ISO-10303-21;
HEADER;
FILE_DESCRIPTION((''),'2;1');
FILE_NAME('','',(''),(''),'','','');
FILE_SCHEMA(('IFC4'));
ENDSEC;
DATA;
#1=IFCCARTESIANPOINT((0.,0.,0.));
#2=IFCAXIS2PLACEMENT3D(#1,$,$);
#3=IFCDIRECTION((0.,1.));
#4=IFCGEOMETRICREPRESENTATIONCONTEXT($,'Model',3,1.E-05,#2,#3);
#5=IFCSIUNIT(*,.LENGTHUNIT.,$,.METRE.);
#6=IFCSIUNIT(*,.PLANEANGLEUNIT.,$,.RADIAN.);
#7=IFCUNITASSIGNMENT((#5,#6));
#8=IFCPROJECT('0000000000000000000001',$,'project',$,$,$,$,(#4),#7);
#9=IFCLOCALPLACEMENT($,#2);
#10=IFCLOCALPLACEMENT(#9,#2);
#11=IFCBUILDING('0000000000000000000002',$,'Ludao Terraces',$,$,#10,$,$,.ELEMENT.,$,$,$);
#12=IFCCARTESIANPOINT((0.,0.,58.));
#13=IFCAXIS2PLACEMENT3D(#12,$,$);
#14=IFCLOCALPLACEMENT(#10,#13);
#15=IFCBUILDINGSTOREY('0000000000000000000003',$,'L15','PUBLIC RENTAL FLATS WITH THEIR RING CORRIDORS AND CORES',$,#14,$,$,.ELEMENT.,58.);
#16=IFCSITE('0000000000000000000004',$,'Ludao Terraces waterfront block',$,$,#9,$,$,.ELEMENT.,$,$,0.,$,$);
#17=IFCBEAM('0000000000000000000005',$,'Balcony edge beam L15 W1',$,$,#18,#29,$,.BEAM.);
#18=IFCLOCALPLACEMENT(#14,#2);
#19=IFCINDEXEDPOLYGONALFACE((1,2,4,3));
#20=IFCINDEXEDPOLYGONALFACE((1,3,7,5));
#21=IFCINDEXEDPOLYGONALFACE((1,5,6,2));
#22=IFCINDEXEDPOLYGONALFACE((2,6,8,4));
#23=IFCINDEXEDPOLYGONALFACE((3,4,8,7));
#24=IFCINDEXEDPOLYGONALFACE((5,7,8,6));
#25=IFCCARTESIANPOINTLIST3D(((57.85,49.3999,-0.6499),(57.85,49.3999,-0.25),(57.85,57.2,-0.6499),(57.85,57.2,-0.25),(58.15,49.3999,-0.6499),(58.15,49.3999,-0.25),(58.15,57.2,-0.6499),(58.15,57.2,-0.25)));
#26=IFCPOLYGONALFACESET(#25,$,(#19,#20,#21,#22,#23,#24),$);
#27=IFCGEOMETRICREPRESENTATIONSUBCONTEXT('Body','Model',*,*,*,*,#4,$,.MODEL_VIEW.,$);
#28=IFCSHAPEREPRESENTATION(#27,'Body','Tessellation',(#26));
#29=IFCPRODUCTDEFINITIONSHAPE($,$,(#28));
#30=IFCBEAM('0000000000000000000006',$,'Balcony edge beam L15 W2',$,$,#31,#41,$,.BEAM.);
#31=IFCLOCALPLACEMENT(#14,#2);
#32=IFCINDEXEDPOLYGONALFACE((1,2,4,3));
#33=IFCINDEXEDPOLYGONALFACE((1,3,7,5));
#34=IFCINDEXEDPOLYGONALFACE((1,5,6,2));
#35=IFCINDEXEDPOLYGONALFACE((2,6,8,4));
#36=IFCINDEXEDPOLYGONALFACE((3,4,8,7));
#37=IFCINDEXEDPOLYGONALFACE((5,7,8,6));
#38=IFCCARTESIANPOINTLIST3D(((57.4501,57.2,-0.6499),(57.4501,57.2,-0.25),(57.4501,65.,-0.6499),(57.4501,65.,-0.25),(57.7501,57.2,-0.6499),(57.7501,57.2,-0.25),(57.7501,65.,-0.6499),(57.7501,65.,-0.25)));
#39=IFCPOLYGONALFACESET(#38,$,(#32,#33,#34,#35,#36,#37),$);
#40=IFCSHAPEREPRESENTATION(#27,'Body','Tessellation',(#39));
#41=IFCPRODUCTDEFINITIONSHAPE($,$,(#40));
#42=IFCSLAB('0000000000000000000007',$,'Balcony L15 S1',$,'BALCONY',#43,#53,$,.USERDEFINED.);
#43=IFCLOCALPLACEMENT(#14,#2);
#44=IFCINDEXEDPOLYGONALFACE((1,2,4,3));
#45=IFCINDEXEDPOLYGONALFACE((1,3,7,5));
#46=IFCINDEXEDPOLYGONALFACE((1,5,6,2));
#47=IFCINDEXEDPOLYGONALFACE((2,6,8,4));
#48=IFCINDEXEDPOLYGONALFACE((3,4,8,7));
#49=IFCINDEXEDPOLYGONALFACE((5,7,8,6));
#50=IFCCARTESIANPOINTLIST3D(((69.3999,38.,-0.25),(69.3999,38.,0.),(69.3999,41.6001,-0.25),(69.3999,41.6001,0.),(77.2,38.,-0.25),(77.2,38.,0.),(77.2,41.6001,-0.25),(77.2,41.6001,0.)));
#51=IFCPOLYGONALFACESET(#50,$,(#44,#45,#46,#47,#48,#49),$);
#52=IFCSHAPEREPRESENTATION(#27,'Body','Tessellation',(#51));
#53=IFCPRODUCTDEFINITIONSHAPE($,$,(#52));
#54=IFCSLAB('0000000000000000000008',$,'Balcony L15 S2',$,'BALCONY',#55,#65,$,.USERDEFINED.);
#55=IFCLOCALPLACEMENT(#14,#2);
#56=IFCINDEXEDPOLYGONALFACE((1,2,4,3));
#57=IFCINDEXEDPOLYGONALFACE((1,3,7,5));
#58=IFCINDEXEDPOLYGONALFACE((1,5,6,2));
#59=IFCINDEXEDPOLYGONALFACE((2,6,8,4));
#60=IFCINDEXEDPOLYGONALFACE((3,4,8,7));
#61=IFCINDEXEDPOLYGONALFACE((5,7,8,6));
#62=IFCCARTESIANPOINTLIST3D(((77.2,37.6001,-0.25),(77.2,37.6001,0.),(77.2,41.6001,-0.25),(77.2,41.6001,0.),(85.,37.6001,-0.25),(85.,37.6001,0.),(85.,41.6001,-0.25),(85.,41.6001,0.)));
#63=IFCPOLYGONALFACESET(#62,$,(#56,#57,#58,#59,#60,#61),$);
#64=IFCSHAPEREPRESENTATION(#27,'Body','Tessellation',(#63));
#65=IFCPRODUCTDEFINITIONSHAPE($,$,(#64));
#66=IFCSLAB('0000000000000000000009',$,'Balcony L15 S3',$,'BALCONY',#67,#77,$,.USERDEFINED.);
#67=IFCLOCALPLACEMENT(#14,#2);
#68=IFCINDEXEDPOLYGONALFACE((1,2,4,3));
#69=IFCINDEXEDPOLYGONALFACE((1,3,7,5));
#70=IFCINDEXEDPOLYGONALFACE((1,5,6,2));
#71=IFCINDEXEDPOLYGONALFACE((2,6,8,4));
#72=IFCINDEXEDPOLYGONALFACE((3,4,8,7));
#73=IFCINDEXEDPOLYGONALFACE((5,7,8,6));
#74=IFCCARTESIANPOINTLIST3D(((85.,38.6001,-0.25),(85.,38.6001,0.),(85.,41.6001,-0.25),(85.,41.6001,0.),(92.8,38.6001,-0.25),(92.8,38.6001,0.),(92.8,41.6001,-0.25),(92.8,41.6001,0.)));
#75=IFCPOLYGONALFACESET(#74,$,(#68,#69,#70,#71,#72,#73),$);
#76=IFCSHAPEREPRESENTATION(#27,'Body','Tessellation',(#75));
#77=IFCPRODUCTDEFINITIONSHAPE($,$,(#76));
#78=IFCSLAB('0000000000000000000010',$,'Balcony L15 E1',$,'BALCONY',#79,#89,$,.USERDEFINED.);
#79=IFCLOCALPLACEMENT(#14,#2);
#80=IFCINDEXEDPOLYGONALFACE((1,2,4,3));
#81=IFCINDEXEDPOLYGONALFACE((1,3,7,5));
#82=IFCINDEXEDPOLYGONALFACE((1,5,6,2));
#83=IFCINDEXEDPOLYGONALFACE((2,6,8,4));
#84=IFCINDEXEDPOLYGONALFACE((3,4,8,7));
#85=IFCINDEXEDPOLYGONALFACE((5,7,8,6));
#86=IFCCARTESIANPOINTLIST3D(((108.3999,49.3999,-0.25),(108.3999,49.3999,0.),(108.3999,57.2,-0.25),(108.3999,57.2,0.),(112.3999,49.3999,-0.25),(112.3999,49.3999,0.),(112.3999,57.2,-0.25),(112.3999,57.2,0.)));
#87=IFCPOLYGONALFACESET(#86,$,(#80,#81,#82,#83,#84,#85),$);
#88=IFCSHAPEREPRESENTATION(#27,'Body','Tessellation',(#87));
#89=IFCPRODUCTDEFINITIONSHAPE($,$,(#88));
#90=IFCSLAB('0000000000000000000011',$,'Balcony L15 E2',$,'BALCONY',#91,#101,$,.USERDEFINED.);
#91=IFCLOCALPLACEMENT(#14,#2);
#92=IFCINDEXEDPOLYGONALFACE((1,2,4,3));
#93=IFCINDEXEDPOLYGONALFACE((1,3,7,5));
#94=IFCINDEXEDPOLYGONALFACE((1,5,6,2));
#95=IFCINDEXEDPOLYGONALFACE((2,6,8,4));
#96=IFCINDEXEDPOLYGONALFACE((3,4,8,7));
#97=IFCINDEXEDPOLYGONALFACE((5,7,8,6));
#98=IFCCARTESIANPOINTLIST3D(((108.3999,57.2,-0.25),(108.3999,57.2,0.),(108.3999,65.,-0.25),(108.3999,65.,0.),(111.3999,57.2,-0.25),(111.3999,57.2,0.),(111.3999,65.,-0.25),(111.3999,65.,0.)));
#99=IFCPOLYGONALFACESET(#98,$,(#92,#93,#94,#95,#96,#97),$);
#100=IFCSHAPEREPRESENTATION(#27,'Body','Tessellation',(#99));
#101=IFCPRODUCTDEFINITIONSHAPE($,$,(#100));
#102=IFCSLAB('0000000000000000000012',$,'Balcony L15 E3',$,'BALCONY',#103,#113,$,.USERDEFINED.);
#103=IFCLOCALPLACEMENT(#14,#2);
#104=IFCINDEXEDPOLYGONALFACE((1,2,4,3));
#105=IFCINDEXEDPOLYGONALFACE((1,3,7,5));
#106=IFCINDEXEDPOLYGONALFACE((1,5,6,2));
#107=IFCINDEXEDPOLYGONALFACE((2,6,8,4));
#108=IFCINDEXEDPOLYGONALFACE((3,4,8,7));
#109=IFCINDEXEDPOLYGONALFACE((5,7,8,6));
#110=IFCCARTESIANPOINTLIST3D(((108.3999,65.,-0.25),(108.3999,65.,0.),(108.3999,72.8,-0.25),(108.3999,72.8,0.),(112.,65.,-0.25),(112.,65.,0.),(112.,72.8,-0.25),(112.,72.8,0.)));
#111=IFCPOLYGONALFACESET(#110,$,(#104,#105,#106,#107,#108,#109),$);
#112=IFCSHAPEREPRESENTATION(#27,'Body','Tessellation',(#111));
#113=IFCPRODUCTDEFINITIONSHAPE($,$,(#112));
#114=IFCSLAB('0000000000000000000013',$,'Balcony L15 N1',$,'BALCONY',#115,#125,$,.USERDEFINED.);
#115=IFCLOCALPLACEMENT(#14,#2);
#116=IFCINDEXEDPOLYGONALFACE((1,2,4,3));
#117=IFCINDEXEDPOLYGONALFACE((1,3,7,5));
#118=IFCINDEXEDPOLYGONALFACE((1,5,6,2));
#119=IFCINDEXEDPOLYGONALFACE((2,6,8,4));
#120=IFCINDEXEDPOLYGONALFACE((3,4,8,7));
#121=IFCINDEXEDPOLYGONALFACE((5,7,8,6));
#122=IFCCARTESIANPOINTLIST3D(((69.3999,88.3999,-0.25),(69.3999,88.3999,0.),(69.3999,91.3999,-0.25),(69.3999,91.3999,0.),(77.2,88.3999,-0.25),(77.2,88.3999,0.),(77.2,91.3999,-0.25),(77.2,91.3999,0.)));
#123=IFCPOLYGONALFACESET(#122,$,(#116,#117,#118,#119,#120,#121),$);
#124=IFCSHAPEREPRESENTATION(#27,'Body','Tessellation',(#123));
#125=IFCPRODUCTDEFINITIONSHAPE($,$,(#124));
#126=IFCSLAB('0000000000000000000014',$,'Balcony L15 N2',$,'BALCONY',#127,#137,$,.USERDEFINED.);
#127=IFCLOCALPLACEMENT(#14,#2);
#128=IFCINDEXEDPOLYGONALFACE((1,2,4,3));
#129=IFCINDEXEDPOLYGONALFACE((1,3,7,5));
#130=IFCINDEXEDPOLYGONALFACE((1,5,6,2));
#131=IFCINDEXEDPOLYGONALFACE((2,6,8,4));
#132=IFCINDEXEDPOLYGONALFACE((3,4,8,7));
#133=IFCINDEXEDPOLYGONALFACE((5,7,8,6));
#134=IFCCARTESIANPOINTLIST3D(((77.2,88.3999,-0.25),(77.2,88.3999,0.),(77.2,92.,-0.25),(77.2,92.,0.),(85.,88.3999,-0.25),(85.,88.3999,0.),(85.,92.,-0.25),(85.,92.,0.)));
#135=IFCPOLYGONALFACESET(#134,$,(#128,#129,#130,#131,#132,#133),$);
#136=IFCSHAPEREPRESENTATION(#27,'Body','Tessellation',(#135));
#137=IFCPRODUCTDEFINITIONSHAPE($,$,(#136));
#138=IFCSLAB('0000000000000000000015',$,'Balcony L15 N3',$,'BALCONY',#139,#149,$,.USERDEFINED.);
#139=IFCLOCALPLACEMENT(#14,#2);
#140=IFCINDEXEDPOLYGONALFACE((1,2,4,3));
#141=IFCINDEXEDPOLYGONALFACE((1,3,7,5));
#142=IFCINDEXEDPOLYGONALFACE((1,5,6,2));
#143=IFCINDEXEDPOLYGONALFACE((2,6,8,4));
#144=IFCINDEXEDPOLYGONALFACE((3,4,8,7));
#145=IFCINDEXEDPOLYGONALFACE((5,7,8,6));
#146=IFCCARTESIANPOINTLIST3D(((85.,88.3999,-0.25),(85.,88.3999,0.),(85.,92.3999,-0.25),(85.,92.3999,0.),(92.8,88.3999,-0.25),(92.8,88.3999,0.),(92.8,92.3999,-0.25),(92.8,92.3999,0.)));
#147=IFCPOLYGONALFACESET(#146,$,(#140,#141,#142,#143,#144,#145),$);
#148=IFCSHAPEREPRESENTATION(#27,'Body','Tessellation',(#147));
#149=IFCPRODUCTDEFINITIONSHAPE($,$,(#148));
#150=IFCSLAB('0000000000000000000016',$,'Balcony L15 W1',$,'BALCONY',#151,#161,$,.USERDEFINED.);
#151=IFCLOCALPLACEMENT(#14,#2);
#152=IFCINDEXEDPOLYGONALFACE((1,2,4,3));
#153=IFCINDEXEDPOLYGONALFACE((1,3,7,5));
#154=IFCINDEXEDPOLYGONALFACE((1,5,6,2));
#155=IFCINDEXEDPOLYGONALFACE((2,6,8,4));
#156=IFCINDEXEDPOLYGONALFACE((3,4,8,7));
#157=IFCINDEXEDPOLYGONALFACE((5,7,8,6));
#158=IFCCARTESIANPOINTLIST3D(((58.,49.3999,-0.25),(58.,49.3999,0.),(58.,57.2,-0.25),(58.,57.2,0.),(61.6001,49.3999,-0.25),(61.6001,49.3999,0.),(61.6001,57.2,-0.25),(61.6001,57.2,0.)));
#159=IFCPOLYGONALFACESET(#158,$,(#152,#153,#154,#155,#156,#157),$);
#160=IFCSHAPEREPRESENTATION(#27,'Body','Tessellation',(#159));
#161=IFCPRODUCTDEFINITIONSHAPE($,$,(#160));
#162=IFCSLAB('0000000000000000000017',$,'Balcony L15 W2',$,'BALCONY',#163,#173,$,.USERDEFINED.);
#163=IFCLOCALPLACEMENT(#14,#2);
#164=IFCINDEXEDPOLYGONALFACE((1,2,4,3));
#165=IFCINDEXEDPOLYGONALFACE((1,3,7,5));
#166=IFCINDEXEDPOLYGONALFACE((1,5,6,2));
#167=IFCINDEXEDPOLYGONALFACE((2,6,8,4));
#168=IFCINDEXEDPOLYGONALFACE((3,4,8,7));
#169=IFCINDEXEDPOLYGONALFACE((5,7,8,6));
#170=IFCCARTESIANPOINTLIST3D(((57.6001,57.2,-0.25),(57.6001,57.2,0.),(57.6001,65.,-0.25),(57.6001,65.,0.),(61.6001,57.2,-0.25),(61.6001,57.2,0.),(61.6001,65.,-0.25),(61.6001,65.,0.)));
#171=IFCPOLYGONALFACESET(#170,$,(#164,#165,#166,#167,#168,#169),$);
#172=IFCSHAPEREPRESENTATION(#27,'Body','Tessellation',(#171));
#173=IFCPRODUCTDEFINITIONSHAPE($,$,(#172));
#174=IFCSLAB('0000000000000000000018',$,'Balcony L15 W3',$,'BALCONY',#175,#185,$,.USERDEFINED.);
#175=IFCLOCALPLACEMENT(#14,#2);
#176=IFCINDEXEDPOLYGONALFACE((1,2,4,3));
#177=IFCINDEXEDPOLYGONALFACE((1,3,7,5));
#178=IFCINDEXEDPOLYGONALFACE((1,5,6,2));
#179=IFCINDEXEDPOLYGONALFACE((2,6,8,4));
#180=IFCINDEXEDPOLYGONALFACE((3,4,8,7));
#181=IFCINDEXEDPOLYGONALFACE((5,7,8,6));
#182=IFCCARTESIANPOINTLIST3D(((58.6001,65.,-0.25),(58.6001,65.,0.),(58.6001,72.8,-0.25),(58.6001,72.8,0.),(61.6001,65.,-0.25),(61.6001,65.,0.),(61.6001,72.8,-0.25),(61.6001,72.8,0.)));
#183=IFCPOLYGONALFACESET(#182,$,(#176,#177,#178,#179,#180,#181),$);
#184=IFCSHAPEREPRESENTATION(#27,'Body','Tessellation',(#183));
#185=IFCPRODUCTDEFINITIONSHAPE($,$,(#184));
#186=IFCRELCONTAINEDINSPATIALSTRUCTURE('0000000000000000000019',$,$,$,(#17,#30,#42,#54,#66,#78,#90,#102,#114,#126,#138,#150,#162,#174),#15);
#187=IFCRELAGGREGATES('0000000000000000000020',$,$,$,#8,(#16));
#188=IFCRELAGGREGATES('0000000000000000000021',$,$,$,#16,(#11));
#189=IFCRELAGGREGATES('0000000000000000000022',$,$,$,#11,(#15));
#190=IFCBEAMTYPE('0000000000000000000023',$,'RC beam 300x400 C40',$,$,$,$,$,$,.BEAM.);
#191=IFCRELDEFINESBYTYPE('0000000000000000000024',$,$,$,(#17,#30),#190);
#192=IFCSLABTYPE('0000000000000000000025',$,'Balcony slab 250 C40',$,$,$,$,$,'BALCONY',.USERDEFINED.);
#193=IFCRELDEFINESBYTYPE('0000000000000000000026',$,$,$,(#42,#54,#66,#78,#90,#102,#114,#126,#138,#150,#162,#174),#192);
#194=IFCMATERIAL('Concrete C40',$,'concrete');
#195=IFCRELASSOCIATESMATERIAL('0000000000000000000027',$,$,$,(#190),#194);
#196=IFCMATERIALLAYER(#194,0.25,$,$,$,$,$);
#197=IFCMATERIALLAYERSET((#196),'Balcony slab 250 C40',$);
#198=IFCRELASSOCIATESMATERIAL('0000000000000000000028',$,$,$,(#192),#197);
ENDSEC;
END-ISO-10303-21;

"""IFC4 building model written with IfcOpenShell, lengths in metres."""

from ifc_helpers import new_model, si_unit, direction, frame, origin, origin_2d, place, context, subcontext, project, spatial, polyline, rectangle, outline, extrude, material, layer, layer_set, material_profile, profile_set, type_object, element, save


model = new_model("IFC4")

# Units and contexts
model_context = context("Model", 3, precision=1e-05, world=origin(), true_north=direction((0.0, 1.0)))
body_context = subcontext(model_context, "Body", "Model", "MODEL_VIEW")
ifc_project = project(units=[si_unit("LENGTHUNIT", "METRE"), si_unit("PLANEANGLEUNIT", "RADIAN")], contexts=[model_context])

# Site, building, storey
site_placement = place(None, origin())
site = spatial("IfcSite", under=ifc_project, at=site_placement, Name="Ludao Terraces waterfront block", CompositionType="ELEMENT", RefElevation=0.0)
building_placement = place(site_placement, origin())
building = spatial("IfcBuilding", under=site, at=building_placement, Name="Ludao Terraces", CompositionType="ELEMENT")
storey_placement = place(building_placement, frame((0.0, 0.0, 58.0)))
storey = spatial("IfcBuildingStorey", under=building, at=storey_placement, Name="L15", Description="PUBLIC RENTAL FLATS WITH THEIR RING CORRIDORS AND CORES", CompositionType="ELEMENT", Elevation=58.0)

# Beams
ifc_material_1 = material(Name="Concrete C40", Category="concrete")
ifc_material_profile = material_profile(ifc_material_1, rectangle(XDim=0.3, YDim=0.3999, at=origin_2d()), Name="300 X 400")
ifc_profile_set = profile_set([ifc_material_profile], Name="Concrete C40")
beam_type = type_object("IfcBeamType", Name="RC beam 300x400 C40", PredefinedType="BEAM", material=ifc_profile_set)
for number, where, z_axis, x_axis, name in (
    (1, (58.0, 49.3999, -0.45), (0.0, 1.0, 0.0), (-1.0, 0.0, 0.0), "Balcony edge beam L15 W1"),
    (2, (57.6001, 57.2, -0.45), (0.0, 1.0, 0.0), (-1.0, 0.0, 0.0), "Balcony edge beam L15 W2"),
):
    element("IfcBeam", number, at=place(storey_placement, frame(where, z_axis=z_axis, x_axis=x_axis)), inside=storey, type_object=beam_type, Name=name, PredefinedType="BEAM", context=body_context, shape_type="SweptSolid", body=[
        extrude(rectangle(XDim=0.3, YDim=0.3999, at=origin_2d()), origin(), (0.0, 0.0, 1.0), 7.8),
    ])

# Slabs
ifc_layer_1 = layer(ifc_material_1, 0.25)
ifc_layer_set_1 = layer_set([ifc_layer_1], Name="Balcony slab 250 C40")
slab_type_1 = type_object("IfcSlabType", Name="Balcony slab 250 C40", ElementType="BALCONY", PredefinedType="USERDEFINED", material=ifc_layer_set_1)
slab_1_placement = place(storey_placement, frame((0.0, 0.0, -0.25)))
element("IfcSlab", 3, at=slab_1_placement, inside=storey, type_object=slab_type_1, Name="Balcony L15 S1", ObjectType="BALCONY", PredefinedType="USERDEFINED", context=body_context, shape_type="SweptSolid", body=[
    extrude(outline(polyline([(69.3999, 38.0), (77.2, 38.0), (77.2, 41.6001), (69.3999, 41.6001), (69.3999, 38.0)])), origin(), (0.0, 0.0, 1.0), 0.25),
])
slab_2_placement = place(storey_placement, frame((0.0, 0.0, -0.25)))
element("IfcSlab", 4, at=slab_2_placement, inside=storey, type_object=slab_type_1, Name="Balcony L15 S2", ObjectType="BALCONY", PredefinedType="USERDEFINED", context=body_context, shape_type="SweptSolid", body=[
    extrude(outline(polyline([(77.2, 37.6001), (85.0, 37.6001), (85.0, 41.6001), (77.2, 41.6001), (77.2, 37.6001)])), origin(), (0.0, 0.0, 1.0), 0.25),
])
slab_3_placement = place(storey_placement, frame((0.0, 0.0, -0.25)))
element("IfcSlab", 5, at=slab_3_placement, inside=storey, type_object=slab_type_1, Name="Balcony L15 S3", ObjectType="BALCONY", PredefinedType="USERDEFINED", context=body_context, shape_type="SweptSolid", body=[
    extrude(outline(polyline([(85.0, 38.6001), (92.8, 38.6001), (92.8, 41.6001), (85.0, 41.6001), (85.0, 38.6001)])), origin(), (0.0, 0.0, 1.0), 0.25),
])
slab_4_placement = place(storey_placement, frame((0.0, 0.0, -0.25)))
element("IfcSlab", 6, at=slab_4_placement, inside=storey, type_object=slab_type_1, Name="Balcony L15 E1", ObjectType="BALCONY", PredefinedType="USERDEFINED", context=body_context, shape_type="SweptSolid", body=[
    extrude(outline(polyline([(108.3999, 49.3999), (112.3999, 49.3999), (112.3999, 57.2), (108.3999, 57.2), (108.3999, 49.3999)])), origin(), (0.0, 0.0, 1.0), 0.25),
])
slab_5_placement = place(storey_placement, frame((0.0, 0.0, -0.25)))
element("IfcSlab", 7, at=slab_5_placement, inside=storey, type_object=slab_type_1, Name="Balcony L15 E2", ObjectType="BALCONY", PredefinedType="USERDEFINED", context=body_context, shape_type="SweptSolid", body=[
    extrude(outline(polyline([(108.3999, 57.2), (111.3999, 57.2), (111.3999, 65.0), (108.3999, 65.0), (108.3999, 57.2)])), origin(), (0.0, 0.0, 1.0), 0.25),
])
slab_6_placement = place(storey_placement, frame((0.0, 0.0, -0.25)))
element("IfcSlab", 8, at=slab_6_placement, inside=storey, type_object=slab_type_1, Name="Balcony L15 E3", ObjectType="BALCONY", PredefinedType="USERDEFINED", context=body_context, shape_type="SweptSolid", body=[
    extrude(outline(polyline([(108.3999, 65.0), (112.0, 65.0), (112.0, 72.8), (108.3999, 72.8), (108.3999, 65.0)])), origin(), (0.0, 0.0, 1.0), 0.25),
])
slab_7_placement = place(storey_placement, frame((0.0, 0.0, -0.25)))
element("IfcSlab", 9, at=slab_7_placement, inside=storey, type_object=slab_type_1, Name="Balcony L15 N1", ObjectType="BALCONY", PredefinedType="USERDEFINED", context=body_context, shape_type="SweptSolid", body=[
    extrude(outline(polyline([(69.3999, 88.3999), (77.2, 88.3999), (77.2, 91.3999), (69.3999, 91.3999), (69.3999, 88.3999)])), origin(), (0.0, 0.0, 1.0), 0.25),
])
slab_8_placement = place(storey_placement, frame((0.0, 0.0, -0.25)))
element("IfcSlab", 10, at=slab_8_placement, inside=storey, type_object=slab_type_1, Name="Balcony L15 N2", ObjectType="BALCONY", PredefinedType="USERDEFINED", context=body_context, shape_type="SweptSolid", body=[
    extrude(outline(polyline([(77.2, 88.3999), (85.0, 88.3999), (85.0, 92.0), (77.2, 92.0), (77.2, 88.3999)])), origin(), (0.0, 0.0, 1.0), 0.25),
])
slab_9_placement = place(storey_placement, frame((0.0, 0.0, -0.25)))
element("IfcSlab", 11, at=slab_9_placement, inside=storey, type_object=slab_type_1, Name="Balcony L15 N3", ObjectType="BALCONY", PredefinedType="USERDEFINED", context=body_context, shape_type="SweptSolid", body=[
    extrude(outline(polyline([(85.0, 88.3999), (92.8, 88.3999), (92.8, 92.3999), (85.0, 92.3999), (85.0, 88.3999)])), origin(), (0.0, 0.0, 1.0), 0.25),
])
slab_10_placement = place(storey_placement, frame((0.0, 0.0, -0.25)))
element("IfcSlab", 12, at=slab_10_placement, inside=storey, type_object=slab_type_1, Name="Balcony L15 W1", ObjectType="BALCONY", PredefinedType="USERDEFINED", context=body_context, shape_type="SweptSolid", body=[
    extrude(outline(polyline([(58.0, 49.3999), (61.6001, 49.3999), (61.6001, 57.2), (58.0, 57.2), (58.0, 49.3999)])), origin(), (0.0, 0.0, 1.0), 0.25),
])
slab_11_placement = place(storey_placement, frame((0.0, 0.0, -0.25)))
element("IfcSlab", 13, at=slab_11_placement, inside=storey, type_object=slab_type_1, Name="Balcony L15 W2", ObjectType="BALCONY", PredefinedType="USERDEFINED", context=body_context, shape_type="SweptSolid", body=[
    extrude(outline(polyline([(57.6001, 57.2), (61.6001, 57.2), (61.6001, 65.0), (57.6001, 65.0), (57.6001, 57.2)])), origin(), (0.0, 0.0, 1.0), 0.25),
])
slab_12_placement = place(storey_placement, frame((0.0, 0.0, -0.25)))
element("IfcSlab", 14, at=slab_12_placement, inside=storey, type_object=slab_type_1, Name="Balcony L15 W3", ObjectType="BALCONY", PredefinedType="USERDEFINED", context=body_context, shape_type="SweptSolid", body=[
    extrude(outline(polyline([(58.6001, 65.0), (61.6001, 65.0), (61.6001, 72.8), (58.6001, 72.8), (58.6001, 65.0)])), origin(), (0.0, 0.0, 1.0), 0.25),
])

save(model, "model.ifc")
